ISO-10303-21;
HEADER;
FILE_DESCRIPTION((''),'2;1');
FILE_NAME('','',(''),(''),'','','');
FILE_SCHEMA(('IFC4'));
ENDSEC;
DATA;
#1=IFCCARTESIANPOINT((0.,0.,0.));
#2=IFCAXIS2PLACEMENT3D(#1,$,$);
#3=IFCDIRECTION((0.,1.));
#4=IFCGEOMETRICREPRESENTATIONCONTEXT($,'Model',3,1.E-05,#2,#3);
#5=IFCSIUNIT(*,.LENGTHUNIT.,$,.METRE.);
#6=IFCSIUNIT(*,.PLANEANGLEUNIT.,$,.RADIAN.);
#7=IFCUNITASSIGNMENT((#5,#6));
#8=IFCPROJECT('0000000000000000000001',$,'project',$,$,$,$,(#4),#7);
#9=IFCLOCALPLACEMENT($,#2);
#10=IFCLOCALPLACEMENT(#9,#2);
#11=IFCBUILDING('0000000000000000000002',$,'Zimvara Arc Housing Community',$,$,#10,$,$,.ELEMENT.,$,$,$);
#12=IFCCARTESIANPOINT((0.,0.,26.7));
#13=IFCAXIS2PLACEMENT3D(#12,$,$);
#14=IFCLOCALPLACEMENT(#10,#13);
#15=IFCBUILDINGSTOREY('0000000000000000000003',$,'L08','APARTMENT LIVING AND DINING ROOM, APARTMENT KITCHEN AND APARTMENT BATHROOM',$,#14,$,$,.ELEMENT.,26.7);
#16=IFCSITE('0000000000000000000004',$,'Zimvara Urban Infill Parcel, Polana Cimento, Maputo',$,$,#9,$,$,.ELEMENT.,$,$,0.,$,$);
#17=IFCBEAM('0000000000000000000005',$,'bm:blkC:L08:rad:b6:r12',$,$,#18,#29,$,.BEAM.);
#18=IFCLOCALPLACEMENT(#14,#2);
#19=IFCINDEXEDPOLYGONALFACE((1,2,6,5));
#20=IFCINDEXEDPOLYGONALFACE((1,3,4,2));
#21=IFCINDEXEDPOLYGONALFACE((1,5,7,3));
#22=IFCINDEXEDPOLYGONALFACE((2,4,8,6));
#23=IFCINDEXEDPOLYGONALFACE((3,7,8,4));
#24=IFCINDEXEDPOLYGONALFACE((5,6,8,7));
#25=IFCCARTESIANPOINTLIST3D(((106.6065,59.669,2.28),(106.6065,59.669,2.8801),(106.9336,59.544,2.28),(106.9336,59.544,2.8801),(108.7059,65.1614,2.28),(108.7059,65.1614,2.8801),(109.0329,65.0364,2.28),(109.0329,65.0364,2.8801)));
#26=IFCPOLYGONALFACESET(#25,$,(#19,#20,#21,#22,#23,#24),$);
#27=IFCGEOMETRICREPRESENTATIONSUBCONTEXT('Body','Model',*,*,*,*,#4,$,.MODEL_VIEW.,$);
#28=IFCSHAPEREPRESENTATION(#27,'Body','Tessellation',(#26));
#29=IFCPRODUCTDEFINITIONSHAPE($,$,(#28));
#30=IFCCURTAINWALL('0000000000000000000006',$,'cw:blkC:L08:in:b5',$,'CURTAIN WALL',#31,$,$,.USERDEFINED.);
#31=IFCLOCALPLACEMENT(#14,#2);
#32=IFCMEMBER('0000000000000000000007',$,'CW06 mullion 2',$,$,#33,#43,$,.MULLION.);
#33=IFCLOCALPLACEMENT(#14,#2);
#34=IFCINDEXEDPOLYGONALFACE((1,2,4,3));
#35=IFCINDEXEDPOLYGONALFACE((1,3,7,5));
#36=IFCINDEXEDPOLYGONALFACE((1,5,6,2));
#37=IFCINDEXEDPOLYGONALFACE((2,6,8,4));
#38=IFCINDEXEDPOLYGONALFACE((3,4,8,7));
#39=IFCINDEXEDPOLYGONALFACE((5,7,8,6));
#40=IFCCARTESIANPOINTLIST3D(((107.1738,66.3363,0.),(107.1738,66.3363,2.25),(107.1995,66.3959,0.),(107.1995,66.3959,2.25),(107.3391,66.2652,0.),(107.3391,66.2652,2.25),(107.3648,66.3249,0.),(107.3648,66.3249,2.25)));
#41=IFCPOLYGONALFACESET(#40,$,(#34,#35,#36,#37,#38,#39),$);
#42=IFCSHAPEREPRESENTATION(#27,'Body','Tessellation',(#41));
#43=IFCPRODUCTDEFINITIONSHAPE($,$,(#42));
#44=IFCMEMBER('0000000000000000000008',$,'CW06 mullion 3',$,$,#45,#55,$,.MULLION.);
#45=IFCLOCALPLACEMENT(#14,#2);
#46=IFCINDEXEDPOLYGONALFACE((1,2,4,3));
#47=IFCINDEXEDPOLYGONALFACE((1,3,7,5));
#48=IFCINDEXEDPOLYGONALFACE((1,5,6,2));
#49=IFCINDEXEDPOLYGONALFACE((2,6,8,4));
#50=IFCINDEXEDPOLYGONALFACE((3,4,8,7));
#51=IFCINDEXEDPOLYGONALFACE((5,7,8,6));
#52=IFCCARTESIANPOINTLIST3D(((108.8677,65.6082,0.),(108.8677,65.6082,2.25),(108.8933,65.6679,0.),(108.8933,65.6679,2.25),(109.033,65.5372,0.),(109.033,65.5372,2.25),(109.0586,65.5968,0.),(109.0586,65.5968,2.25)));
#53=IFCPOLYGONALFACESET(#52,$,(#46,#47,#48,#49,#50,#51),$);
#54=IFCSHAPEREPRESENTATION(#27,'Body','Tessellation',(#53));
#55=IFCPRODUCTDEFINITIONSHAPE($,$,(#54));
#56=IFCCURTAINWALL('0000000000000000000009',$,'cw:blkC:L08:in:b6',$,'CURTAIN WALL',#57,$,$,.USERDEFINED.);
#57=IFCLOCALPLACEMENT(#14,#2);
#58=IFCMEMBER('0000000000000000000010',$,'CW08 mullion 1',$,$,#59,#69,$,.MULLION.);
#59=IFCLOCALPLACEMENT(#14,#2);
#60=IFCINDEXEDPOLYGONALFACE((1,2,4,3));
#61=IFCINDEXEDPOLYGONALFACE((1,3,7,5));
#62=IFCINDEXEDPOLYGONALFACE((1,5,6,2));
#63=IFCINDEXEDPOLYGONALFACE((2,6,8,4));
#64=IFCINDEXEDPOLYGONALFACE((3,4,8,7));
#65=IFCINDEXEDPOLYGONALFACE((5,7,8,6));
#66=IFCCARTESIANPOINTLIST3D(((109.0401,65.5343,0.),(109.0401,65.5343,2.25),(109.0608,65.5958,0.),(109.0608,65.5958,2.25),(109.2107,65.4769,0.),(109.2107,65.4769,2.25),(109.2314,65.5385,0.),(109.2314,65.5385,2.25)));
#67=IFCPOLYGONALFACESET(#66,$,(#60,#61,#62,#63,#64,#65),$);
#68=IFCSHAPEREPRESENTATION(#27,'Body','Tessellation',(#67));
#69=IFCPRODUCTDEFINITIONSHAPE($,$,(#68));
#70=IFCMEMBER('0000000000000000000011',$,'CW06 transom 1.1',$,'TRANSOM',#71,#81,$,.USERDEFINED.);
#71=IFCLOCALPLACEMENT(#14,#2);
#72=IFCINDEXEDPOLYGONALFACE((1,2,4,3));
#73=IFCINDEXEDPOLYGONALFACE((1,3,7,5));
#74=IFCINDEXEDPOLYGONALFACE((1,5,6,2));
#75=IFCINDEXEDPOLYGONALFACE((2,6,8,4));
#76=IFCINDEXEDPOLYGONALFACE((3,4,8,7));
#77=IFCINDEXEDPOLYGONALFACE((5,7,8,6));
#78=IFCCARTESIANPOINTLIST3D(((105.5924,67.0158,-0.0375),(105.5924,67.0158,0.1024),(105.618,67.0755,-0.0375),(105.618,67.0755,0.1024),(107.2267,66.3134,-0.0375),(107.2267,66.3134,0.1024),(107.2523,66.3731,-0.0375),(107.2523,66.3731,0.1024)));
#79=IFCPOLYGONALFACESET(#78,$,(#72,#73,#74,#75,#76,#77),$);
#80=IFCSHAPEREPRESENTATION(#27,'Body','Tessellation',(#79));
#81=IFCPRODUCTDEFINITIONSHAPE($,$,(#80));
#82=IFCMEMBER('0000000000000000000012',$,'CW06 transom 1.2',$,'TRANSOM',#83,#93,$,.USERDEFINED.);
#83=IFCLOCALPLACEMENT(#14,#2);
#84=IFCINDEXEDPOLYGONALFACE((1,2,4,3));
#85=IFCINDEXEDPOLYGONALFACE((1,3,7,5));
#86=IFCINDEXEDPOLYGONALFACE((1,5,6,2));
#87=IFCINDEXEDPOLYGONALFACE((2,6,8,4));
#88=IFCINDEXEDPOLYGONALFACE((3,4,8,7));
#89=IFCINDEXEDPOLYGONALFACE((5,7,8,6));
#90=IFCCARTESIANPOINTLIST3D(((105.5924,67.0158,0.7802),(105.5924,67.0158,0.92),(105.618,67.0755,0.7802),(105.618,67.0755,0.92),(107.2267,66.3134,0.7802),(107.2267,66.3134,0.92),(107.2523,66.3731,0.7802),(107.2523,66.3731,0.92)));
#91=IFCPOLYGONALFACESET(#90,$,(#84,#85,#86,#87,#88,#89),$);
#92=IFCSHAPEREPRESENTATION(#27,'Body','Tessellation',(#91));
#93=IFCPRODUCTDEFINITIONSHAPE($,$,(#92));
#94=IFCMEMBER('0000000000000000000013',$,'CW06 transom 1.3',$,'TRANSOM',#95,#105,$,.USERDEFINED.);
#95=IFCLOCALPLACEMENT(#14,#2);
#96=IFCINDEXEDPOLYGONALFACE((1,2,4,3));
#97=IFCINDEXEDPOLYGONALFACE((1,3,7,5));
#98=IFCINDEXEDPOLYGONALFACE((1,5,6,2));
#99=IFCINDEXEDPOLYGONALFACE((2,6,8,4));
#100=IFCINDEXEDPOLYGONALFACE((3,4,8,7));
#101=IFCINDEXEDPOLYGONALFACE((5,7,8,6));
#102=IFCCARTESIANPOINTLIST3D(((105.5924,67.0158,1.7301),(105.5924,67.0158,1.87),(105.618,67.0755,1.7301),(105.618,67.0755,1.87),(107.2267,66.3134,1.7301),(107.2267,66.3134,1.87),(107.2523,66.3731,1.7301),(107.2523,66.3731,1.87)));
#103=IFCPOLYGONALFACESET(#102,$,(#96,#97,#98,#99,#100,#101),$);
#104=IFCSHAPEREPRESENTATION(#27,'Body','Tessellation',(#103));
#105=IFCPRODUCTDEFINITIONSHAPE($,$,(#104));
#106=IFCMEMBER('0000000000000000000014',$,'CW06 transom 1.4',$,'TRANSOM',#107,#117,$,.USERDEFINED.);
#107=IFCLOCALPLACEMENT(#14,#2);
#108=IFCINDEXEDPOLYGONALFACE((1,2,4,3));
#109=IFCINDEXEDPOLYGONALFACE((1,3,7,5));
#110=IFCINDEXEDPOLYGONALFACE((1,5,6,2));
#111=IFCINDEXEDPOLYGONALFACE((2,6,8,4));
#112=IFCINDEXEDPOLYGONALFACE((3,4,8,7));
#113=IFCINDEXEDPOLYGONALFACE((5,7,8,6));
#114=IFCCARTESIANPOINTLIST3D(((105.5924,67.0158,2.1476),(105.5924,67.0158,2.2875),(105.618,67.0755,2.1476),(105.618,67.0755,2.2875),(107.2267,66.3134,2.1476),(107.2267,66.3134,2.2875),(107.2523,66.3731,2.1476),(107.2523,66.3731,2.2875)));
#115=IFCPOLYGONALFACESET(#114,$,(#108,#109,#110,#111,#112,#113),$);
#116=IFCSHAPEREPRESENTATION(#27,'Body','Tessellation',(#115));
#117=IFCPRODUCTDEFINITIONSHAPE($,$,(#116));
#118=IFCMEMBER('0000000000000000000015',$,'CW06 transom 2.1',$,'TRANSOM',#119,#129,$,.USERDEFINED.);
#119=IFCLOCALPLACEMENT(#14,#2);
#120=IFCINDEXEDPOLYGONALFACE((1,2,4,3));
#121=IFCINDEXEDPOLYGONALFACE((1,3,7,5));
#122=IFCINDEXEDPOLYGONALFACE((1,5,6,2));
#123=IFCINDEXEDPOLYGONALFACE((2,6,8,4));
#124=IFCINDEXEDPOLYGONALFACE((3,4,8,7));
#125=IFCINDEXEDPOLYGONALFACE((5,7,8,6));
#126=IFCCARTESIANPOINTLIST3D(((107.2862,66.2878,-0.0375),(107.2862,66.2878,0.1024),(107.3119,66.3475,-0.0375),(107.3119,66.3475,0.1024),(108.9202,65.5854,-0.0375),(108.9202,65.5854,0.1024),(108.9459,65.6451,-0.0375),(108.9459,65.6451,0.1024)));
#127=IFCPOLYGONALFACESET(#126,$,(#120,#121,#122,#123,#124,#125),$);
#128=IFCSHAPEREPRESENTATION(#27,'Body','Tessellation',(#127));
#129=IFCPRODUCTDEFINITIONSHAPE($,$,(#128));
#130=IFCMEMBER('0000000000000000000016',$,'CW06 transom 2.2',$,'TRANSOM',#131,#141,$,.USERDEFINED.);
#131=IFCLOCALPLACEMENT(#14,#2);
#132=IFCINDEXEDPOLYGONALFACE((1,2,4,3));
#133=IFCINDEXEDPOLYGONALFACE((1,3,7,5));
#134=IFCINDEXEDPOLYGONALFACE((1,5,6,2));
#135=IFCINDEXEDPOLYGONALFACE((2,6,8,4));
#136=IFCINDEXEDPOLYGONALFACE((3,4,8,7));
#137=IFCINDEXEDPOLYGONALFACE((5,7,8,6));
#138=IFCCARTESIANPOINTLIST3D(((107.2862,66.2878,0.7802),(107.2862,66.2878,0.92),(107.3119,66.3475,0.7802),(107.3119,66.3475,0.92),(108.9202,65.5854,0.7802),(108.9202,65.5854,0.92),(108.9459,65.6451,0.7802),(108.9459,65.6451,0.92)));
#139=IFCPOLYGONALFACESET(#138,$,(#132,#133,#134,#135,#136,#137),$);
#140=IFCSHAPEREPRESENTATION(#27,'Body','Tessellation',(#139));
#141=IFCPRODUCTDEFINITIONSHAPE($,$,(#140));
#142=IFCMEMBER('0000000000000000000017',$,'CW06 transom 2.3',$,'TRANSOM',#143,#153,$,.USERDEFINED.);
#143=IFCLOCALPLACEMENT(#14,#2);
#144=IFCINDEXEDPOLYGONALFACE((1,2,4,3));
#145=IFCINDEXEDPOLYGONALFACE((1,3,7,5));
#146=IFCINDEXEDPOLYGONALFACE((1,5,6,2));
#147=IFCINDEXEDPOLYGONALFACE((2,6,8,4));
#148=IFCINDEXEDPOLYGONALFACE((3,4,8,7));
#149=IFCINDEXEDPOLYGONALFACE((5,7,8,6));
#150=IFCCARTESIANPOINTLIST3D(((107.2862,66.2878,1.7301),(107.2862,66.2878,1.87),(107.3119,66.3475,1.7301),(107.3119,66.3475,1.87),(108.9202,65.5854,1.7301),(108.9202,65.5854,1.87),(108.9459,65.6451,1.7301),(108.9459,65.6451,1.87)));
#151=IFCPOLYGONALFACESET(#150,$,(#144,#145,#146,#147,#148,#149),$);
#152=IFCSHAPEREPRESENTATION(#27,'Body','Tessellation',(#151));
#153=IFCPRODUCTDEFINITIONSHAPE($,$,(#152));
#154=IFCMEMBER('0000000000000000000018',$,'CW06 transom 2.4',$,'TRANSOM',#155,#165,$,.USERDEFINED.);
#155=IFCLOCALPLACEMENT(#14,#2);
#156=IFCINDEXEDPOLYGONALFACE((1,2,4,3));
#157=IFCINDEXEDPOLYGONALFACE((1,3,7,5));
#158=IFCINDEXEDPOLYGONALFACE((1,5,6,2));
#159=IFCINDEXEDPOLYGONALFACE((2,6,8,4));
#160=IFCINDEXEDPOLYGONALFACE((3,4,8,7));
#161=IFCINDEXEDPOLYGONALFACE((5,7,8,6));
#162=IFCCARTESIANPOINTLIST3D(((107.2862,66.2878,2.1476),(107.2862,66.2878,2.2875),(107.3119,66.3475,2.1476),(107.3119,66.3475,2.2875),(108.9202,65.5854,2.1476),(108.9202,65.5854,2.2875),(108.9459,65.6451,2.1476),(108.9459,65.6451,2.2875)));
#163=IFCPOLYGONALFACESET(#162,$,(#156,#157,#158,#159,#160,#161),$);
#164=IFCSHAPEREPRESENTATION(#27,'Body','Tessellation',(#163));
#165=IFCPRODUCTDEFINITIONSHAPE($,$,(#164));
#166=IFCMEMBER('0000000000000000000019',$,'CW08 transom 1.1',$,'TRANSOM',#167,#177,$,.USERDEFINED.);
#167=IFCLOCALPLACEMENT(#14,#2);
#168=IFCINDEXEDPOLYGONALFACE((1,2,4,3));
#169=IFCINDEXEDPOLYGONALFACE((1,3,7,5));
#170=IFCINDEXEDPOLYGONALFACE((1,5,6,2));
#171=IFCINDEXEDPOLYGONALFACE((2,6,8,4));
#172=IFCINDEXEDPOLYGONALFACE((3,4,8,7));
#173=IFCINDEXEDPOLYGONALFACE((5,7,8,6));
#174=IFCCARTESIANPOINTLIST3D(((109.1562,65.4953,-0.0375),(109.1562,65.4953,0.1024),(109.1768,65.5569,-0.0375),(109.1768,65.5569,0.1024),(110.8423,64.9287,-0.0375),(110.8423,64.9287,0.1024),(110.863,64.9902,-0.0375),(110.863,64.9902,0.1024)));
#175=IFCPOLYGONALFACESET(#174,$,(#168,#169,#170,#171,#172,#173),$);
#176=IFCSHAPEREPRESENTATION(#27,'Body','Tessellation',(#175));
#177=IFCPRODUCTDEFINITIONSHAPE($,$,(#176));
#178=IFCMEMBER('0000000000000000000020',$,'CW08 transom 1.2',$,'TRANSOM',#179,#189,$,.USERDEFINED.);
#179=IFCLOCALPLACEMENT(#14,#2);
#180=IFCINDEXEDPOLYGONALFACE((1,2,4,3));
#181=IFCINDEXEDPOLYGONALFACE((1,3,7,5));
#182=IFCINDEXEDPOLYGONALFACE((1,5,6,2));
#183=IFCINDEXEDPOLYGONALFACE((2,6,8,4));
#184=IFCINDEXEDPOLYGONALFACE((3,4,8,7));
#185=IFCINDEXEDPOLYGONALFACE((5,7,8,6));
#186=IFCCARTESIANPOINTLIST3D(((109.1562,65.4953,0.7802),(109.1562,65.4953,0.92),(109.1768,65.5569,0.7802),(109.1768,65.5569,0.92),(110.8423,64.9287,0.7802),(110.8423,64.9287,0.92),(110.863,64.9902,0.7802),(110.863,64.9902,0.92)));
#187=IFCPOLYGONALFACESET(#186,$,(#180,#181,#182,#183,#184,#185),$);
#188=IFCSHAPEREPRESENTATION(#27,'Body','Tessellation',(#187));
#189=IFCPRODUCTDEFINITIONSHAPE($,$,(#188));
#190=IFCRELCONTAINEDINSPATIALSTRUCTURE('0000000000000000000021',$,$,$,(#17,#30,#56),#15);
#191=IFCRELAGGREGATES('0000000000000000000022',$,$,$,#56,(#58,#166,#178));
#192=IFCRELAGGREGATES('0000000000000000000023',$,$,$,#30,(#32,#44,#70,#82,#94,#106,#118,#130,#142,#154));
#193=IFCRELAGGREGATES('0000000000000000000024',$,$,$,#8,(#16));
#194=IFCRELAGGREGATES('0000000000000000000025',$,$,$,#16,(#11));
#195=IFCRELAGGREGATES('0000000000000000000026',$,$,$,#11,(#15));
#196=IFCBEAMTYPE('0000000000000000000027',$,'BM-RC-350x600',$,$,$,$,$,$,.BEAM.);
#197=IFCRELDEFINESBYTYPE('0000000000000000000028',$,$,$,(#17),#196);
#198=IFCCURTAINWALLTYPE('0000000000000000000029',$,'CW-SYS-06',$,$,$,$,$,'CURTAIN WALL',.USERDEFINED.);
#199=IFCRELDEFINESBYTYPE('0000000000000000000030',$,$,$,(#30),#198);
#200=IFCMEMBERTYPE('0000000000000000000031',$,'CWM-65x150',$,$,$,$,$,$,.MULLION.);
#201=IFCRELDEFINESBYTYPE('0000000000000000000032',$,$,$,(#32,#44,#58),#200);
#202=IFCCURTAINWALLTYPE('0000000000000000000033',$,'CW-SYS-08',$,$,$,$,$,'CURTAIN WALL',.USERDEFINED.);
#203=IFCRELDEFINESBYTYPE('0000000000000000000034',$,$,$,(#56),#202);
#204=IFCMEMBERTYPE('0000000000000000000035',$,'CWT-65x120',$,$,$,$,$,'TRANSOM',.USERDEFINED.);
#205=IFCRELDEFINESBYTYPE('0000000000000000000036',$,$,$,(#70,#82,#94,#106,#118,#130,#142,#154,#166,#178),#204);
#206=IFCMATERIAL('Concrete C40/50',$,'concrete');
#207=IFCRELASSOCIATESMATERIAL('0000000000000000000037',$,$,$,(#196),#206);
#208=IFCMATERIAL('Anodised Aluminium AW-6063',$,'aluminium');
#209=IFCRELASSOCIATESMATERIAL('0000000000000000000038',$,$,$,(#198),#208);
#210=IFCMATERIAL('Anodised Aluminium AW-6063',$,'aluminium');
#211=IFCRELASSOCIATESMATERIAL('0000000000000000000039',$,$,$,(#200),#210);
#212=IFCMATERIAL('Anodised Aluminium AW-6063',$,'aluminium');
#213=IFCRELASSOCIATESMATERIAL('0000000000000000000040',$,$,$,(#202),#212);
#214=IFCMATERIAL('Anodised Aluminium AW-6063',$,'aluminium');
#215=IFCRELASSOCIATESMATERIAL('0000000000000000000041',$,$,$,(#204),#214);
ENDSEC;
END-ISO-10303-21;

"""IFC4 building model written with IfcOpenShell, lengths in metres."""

from ifc_helpers import new_model, si_unit, direction, frame, origin, origin_2d, place, context, subcontext, project, spatial, rectangle, extrude, material, material_profile, profile_set, type_object, element, aggregate, save


model = new_model("IFC4")

# Units and contexts
model_context = context("Model", 3, precision=1e-05, world=origin(), true_north=direction((0.0, 1.0)))
body_context = subcontext(model_context, "Body", "Model", "MODEL_VIEW")
ifc_project = project(units=[si_unit("LENGTHUNIT", "METRE"), si_unit("PLANEANGLEUNIT", "RADIAN")], contexts=[model_context])

# Site, building, storey
site_placement = place(None, origin())
site = spatial("IfcSite", under=ifc_project, at=site_placement, Name="Zimvara Urban Infill Parcel, Polana Cimento, Maputo", CompositionType="ELEMENT", RefElevation=0.0)
building_placement = place(site_placement, origin())
building = spatial("IfcBuilding", under=site, at=building_placement, Name="Zimvara Arc Housing Community", CompositionType="ELEMENT")
storey_placement = place(building_placement, frame((0.0, 0.0, 26.7)))
storey = spatial("IfcBuildingStorey", under=building, at=storey_placement, Name="L08", Description="APARTMENT LIVING AND DINING ROOM, APARTMENT KITCHEN AND APARTMENT BATHROOM", CompositionType="ELEMENT", Elevation=26.7)

# Beam
ifc_material_1 = material(Name="Concrete C40/50", Category="concrete")
ifc_material_profile_1 = material_profile(ifc_material_1, rectangle(XDim=0.3501, YDim=0.6001, at=origin_2d()), Name="RC 350x600")
ifc_profile_set_1 = profile_set([ifc_material_profile_1], Name="Concrete C40/50")
beam_type = type_object("IfcBeamType", Name="BM-RC-350x600", PredefinedType="BEAM", material=ifc_profile_set_1)
beam_placement = place(storey_placement, frame((108.8694, 65.0989, 2.5801), z_axis=(-0.357036, -0.934091, 0.0), x_axis=(0.934091, -0.357036, 0.0)))
element("IfcBeam", 1, at=beam_placement, inside=storey, type_object=beam_type, Name="bm:blkC:L08:rad:b6:r12", PredefinedType="BEAM", context=body_context, shape_type="SweptSolid", body=[
    extrude(rectangle(XDim=0.3501, YDim=0.6001, at=origin_2d()), origin(), (0.0, 0.0, 1.0), 5.8799),
])

# Curtain wall, members
ifc_material_2 = material(Name="Anodised Aluminium AW-6063", Category="aluminium")
curtain_wall_type_1 = type_object("IfcCurtainWallType", Name="CW-SYS-06", ElementType="CURTAIN WALL", PredefinedType="USERDEFINED", material=ifc_material_2)
curtain_wall_1_placement = place(storey_placement, origin())
curtain_wall_1 = element("IfcCurtainWall", 2, at=curtain_wall_1_placement, inside=storey, type_object=curtain_wall_type_1, Name="cw:blkC:L08:in:b5", ObjectType="CURTAIN WALL", PredefinedType="USERDEFINED")
ifc_material_3 = material(Name="Anodised Aluminium AW-6063", Category="aluminium")
ifc_material_profile_2 = material_profile(ifc_material_3, rectangle(XDim=0.0649, YDim=0.1799, at=origin_2d()), Name="ALU 65x180")
ifc_profile_set_2 = profile_set([ifc_material_profile_2], Name="Anodised Aluminium AW-6063")
member_type_1 = type_object("IfcMemberType", Name="CWM-65x150", PredefinedType="MULLION", material=ifc_profile_set_2)
member_1_placement = place(storey_placement, frame((107.2693, 66.3306, 0.0), z_axis=(0.0, 0.0, 1.0), x_axis=(0.394904, 0.918722, 0.0)))
member_1 = element("IfcMember", 3, at=member_1_placement, type_object=member_type_1, Name="CW06 mullion 2", PredefinedType="MULLION", context=body_context, shape_type="SweptSolid", body=[
    extrude(rectangle(XDim=0.0649, YDim=0.1799, at=origin_2d()), origin(), (0.0, 0.0, 1.0), 2.25),
])
member_2_placement = place(storey_placement, frame((108.9631, 65.6025, 0.0), z_axis=(0.0, 0.0, 1.0), x_axis=(0.394904, 0.918722, 0.0)))
member_2 = element("IfcMember", 4, at=member_2_placement, type_object=member_type_1, Name="CW06 mullion 3", PredefinedType="MULLION", context=body_context, shape_type="SweptSolid", body=[
    extrude(rectangle(XDim=0.0649, YDim=0.1799, at=origin_2d()), origin(), (0.0, 0.0, 1.0), 2.25),
])

# Curtain wall, member
ifc_material_4 = material(Name="Anodised Aluminium AW-6063", Category="aluminium")
curtain_wall_type_2 = type_object("IfcCurtainWallType", Name="CW-SYS-08", ElementType="CURTAIN WALL", PredefinedType="USERDEFINED", material=ifc_material_4)
curtain_wall_2_placement = place(storey_placement, origin())
curtain_wall_2 = element("IfcCurtainWall", 5, at=curtain_wall_2_placement, inside=storey, type_object=curtain_wall_type_2, Name="cw:blkC:L08:in:b6", ObjectType="CURTAIN WALL", PredefinedType="USERDEFINED")
member_3_placement = place(storey_placement, frame((109.1357, 65.5364, 0.0), z_axis=(0.0, 0.0, 1.0), x_axis=(0.318627, 0.94788, 0.0)))
member_3 = element("IfcMember", 6, at=member_3_placement, type_object=member_type_1, Name="CW08 mullion 1", PredefinedType="MULLION", context=body_context, shape_type="SweptSolid", body=[
    extrude(rectangle(XDim=0.0649, YDim=0.1799, at=origin_2d()), origin(), (0.0, 0.0, 1.0), 2.25),
])

# Members
ifc_material_5 = material(Name="Anodised Aluminium AW-6063", Category="aluminium")
ifc_material_profile_3 = material_profile(ifc_material_5, rectangle(XDim=0.0649, YDim=0.1399, at=origin_2d()), Name="ALU 65x140")
ifc_profile_set_3 = profile_set([ifc_material_profile_3], Name="Anodised Aluminium AW-6063")
member_type_2 = type_object("IfcMemberType", Name="CWT-65x120", ElementType="TRANSOM", PredefinedType="USERDEFINED", material=ifc_profile_set_3)
member_4_placement = place(storey_placement, frame((105.6052, 67.0457, 0.0325), z_axis=(0.91874, -0.394863, 0.0), x_axis=(0.394863, 0.91874, 0.0)))
member_4 = element("IfcMember", 7, at=member_4_placement, type_object=member_type_2, Name="CW06 transom 1.1", ObjectType="TRANSOM", PredefinedType="USERDEFINED", context=body_context, shape_type="SweptSolid", body=[
    extrude(rectangle(XDim=0.0649, YDim=0.1399, at=origin_2d()), origin(), (0.0, 0.0, 1.0), 1.7788),
])
member_5_placement = place(storey_placement, frame((105.6052, 67.0457, 0.8501), z_axis=(0.91874, -0.394863, 0.0), x_axis=(0.394863, 0.91874, 0.0)))
member_5 = element("IfcMember", 8, at=member_5_placement, type_object=member_type_2, Name="CW06 transom 1.2", ObjectType="TRANSOM", PredefinedType="USERDEFINED", context=body_context, shape_type="SweptSolid", body=[
    extrude(rectangle(XDim=0.0649, YDim=0.1399, at=origin_2d()), origin(), (0.0, 0.0, 1.0), 1.7788),
])
member_6_placement = place(storey_placement, frame((105.6052, 67.0457, 1.8), z_axis=(0.91874, -0.394863, 0.0), x_axis=(0.394863, 0.91874, 0.0)))
member_6 = element("IfcMember", 9, at=member_6_placement, type_object=member_type_2, Name="CW06 transom 1.3", ObjectType="TRANSOM", PredefinedType="USERDEFINED", context=body_context, shape_type="SweptSolid", body=[
    extrude(rectangle(XDim=0.0649, YDim=0.1399, at=origin_2d()), origin(), (0.0, 0.0, 1.0), 1.7788),
])
member_7_placement = place(storey_placement, frame((105.6052, 67.0457, 2.2175), z_axis=(0.91874, -0.394863, 0.0), x_axis=(0.394863, 0.91874, 0.0)))
member_7 = element("IfcMember", 10, at=member_7_placement, type_object=member_type_2, Name="CW06 transom 1.4", ObjectType="TRANSOM", PredefinedType="USERDEFINED", context=body_context, shape_type="SweptSolid", body=[
    extrude(rectangle(XDim=0.0649, YDim=0.1399, at=origin_2d()), origin(), (0.0, 0.0, 1.0), 1.7788),
])
member_8_placement = place(storey_placement, frame((107.2991, 66.3176, 0.0325), z_axis=(0.918718, -0.394913, 0.0), x_axis=(0.394913, 0.918718, 0.0)))
member_8 = element("IfcMember", 11, at=member_8_placement, type_object=member_type_2, Name="CW06 transom 2.1", ObjectType="TRANSOM", PredefinedType="USERDEFINED", context=body_context, shape_type="SweptSolid", body=[
    extrude(rectangle(XDim=0.0649, YDim=0.1399, at=origin_2d()), origin(), (0.0, 0.0, 1.0), 1.7786),
])
member_9_placement = place(storey_placement, frame((107.2991, 66.3176, 0.8501), z_axis=(0.918718, -0.394913, 0.0), x_axis=(0.394913, 0.918718, 0.0)))
member_9 = element("IfcMember", 12, at=member_9_placement, type_object=member_type_2, Name="CW06 transom 2.2", ObjectType="TRANSOM", PredefinedType="USERDEFINED", context=body_context, shape_type="SweptSolid", body=[
    extrude(rectangle(XDim=0.0649, YDim=0.1399, at=origin_2d()), origin(), (0.0, 0.0, 1.0), 1.7786),
])
member_10_placement = place(storey_placement, frame((107.2991, 66.3176, 1.8), z_axis=(0.918718, -0.394913, 0.0), x_axis=(0.394913, 0.918718, 0.0)))
member_10 = element("IfcMember", 13, at=member_10_placement, type_object=member_type_2, Name="CW06 transom 2.3", ObjectType="TRANSOM", PredefinedType="USERDEFINED", context=body_context, shape_type="SweptSolid", body=[
    extrude(rectangle(XDim=0.0649, YDim=0.1399, at=origin_2d()), origin(), (0.0, 0.0, 1.0), 1.7786),
])
member_11_placement = place(storey_placement, frame((107.2991, 66.3176, 2.2175), z_axis=(0.918718, -0.394913, 0.0), x_axis=(0.394913, 0.918718, 0.0)))
member_11 = element("IfcMember", 14, at=member_11_placement, type_object=member_type_2, Name="CW06 transom 2.4", ObjectType="TRANSOM", PredefinedType="USERDEFINED", context=body_context, shape_type="SweptSolid", body=[
    extrude(rectangle(XDim=0.0649, YDim=0.1399, at=origin_2d()), origin(), (0.0, 0.0, 1.0), 1.7786),
])
member_12_placement = place(storey_placement, frame((109.1665, 65.5261, 0.0325), z_axis=(0.947898, -0.318574, 0.0), x_axis=(0.318574, 0.947898, 0.0)))
member_12 = element("IfcMember", 15, at=member_12_placement, type_object=member_type_2, Name="CW08 transom 1.1", ObjectType="TRANSOM", PredefinedType="USERDEFINED", context=body_context, shape_type="SweptSolid", body=[
    extrude(rectangle(XDim=0.0649, YDim=0.1399, at=origin_2d()), origin(), (0.0, 0.0, 1.0), 1.7788),
])
member_13_placement = place(storey_placement, frame((109.1665, 65.5261, 0.8501), z_axis=(0.947898, -0.318574, 0.0), x_axis=(0.318574, 0.947898, 0.0)))
member_13 = element("IfcMember", 16, at=member_13_placement, type_object=member_type_2, Name="CW08 transom 1.2", ObjectType="TRANSOM", PredefinedType="USERDEFINED", context=body_context, shape_type="SweptSolid", body=[
    extrude(rectangle(XDim=0.0649, YDim=0.1399, at=origin_2d()), origin(), (0.0, 0.0, 1.0), 1.7788),
])

aggregate(curtain_wall_2, [member_3, member_12, member_13])
aggregate(curtain_wall_1, [member_1, member_2, member_4, member_5, member_6, member_7, member_8, member_9, member_10, member_11])

save(model, "model.ifc")
